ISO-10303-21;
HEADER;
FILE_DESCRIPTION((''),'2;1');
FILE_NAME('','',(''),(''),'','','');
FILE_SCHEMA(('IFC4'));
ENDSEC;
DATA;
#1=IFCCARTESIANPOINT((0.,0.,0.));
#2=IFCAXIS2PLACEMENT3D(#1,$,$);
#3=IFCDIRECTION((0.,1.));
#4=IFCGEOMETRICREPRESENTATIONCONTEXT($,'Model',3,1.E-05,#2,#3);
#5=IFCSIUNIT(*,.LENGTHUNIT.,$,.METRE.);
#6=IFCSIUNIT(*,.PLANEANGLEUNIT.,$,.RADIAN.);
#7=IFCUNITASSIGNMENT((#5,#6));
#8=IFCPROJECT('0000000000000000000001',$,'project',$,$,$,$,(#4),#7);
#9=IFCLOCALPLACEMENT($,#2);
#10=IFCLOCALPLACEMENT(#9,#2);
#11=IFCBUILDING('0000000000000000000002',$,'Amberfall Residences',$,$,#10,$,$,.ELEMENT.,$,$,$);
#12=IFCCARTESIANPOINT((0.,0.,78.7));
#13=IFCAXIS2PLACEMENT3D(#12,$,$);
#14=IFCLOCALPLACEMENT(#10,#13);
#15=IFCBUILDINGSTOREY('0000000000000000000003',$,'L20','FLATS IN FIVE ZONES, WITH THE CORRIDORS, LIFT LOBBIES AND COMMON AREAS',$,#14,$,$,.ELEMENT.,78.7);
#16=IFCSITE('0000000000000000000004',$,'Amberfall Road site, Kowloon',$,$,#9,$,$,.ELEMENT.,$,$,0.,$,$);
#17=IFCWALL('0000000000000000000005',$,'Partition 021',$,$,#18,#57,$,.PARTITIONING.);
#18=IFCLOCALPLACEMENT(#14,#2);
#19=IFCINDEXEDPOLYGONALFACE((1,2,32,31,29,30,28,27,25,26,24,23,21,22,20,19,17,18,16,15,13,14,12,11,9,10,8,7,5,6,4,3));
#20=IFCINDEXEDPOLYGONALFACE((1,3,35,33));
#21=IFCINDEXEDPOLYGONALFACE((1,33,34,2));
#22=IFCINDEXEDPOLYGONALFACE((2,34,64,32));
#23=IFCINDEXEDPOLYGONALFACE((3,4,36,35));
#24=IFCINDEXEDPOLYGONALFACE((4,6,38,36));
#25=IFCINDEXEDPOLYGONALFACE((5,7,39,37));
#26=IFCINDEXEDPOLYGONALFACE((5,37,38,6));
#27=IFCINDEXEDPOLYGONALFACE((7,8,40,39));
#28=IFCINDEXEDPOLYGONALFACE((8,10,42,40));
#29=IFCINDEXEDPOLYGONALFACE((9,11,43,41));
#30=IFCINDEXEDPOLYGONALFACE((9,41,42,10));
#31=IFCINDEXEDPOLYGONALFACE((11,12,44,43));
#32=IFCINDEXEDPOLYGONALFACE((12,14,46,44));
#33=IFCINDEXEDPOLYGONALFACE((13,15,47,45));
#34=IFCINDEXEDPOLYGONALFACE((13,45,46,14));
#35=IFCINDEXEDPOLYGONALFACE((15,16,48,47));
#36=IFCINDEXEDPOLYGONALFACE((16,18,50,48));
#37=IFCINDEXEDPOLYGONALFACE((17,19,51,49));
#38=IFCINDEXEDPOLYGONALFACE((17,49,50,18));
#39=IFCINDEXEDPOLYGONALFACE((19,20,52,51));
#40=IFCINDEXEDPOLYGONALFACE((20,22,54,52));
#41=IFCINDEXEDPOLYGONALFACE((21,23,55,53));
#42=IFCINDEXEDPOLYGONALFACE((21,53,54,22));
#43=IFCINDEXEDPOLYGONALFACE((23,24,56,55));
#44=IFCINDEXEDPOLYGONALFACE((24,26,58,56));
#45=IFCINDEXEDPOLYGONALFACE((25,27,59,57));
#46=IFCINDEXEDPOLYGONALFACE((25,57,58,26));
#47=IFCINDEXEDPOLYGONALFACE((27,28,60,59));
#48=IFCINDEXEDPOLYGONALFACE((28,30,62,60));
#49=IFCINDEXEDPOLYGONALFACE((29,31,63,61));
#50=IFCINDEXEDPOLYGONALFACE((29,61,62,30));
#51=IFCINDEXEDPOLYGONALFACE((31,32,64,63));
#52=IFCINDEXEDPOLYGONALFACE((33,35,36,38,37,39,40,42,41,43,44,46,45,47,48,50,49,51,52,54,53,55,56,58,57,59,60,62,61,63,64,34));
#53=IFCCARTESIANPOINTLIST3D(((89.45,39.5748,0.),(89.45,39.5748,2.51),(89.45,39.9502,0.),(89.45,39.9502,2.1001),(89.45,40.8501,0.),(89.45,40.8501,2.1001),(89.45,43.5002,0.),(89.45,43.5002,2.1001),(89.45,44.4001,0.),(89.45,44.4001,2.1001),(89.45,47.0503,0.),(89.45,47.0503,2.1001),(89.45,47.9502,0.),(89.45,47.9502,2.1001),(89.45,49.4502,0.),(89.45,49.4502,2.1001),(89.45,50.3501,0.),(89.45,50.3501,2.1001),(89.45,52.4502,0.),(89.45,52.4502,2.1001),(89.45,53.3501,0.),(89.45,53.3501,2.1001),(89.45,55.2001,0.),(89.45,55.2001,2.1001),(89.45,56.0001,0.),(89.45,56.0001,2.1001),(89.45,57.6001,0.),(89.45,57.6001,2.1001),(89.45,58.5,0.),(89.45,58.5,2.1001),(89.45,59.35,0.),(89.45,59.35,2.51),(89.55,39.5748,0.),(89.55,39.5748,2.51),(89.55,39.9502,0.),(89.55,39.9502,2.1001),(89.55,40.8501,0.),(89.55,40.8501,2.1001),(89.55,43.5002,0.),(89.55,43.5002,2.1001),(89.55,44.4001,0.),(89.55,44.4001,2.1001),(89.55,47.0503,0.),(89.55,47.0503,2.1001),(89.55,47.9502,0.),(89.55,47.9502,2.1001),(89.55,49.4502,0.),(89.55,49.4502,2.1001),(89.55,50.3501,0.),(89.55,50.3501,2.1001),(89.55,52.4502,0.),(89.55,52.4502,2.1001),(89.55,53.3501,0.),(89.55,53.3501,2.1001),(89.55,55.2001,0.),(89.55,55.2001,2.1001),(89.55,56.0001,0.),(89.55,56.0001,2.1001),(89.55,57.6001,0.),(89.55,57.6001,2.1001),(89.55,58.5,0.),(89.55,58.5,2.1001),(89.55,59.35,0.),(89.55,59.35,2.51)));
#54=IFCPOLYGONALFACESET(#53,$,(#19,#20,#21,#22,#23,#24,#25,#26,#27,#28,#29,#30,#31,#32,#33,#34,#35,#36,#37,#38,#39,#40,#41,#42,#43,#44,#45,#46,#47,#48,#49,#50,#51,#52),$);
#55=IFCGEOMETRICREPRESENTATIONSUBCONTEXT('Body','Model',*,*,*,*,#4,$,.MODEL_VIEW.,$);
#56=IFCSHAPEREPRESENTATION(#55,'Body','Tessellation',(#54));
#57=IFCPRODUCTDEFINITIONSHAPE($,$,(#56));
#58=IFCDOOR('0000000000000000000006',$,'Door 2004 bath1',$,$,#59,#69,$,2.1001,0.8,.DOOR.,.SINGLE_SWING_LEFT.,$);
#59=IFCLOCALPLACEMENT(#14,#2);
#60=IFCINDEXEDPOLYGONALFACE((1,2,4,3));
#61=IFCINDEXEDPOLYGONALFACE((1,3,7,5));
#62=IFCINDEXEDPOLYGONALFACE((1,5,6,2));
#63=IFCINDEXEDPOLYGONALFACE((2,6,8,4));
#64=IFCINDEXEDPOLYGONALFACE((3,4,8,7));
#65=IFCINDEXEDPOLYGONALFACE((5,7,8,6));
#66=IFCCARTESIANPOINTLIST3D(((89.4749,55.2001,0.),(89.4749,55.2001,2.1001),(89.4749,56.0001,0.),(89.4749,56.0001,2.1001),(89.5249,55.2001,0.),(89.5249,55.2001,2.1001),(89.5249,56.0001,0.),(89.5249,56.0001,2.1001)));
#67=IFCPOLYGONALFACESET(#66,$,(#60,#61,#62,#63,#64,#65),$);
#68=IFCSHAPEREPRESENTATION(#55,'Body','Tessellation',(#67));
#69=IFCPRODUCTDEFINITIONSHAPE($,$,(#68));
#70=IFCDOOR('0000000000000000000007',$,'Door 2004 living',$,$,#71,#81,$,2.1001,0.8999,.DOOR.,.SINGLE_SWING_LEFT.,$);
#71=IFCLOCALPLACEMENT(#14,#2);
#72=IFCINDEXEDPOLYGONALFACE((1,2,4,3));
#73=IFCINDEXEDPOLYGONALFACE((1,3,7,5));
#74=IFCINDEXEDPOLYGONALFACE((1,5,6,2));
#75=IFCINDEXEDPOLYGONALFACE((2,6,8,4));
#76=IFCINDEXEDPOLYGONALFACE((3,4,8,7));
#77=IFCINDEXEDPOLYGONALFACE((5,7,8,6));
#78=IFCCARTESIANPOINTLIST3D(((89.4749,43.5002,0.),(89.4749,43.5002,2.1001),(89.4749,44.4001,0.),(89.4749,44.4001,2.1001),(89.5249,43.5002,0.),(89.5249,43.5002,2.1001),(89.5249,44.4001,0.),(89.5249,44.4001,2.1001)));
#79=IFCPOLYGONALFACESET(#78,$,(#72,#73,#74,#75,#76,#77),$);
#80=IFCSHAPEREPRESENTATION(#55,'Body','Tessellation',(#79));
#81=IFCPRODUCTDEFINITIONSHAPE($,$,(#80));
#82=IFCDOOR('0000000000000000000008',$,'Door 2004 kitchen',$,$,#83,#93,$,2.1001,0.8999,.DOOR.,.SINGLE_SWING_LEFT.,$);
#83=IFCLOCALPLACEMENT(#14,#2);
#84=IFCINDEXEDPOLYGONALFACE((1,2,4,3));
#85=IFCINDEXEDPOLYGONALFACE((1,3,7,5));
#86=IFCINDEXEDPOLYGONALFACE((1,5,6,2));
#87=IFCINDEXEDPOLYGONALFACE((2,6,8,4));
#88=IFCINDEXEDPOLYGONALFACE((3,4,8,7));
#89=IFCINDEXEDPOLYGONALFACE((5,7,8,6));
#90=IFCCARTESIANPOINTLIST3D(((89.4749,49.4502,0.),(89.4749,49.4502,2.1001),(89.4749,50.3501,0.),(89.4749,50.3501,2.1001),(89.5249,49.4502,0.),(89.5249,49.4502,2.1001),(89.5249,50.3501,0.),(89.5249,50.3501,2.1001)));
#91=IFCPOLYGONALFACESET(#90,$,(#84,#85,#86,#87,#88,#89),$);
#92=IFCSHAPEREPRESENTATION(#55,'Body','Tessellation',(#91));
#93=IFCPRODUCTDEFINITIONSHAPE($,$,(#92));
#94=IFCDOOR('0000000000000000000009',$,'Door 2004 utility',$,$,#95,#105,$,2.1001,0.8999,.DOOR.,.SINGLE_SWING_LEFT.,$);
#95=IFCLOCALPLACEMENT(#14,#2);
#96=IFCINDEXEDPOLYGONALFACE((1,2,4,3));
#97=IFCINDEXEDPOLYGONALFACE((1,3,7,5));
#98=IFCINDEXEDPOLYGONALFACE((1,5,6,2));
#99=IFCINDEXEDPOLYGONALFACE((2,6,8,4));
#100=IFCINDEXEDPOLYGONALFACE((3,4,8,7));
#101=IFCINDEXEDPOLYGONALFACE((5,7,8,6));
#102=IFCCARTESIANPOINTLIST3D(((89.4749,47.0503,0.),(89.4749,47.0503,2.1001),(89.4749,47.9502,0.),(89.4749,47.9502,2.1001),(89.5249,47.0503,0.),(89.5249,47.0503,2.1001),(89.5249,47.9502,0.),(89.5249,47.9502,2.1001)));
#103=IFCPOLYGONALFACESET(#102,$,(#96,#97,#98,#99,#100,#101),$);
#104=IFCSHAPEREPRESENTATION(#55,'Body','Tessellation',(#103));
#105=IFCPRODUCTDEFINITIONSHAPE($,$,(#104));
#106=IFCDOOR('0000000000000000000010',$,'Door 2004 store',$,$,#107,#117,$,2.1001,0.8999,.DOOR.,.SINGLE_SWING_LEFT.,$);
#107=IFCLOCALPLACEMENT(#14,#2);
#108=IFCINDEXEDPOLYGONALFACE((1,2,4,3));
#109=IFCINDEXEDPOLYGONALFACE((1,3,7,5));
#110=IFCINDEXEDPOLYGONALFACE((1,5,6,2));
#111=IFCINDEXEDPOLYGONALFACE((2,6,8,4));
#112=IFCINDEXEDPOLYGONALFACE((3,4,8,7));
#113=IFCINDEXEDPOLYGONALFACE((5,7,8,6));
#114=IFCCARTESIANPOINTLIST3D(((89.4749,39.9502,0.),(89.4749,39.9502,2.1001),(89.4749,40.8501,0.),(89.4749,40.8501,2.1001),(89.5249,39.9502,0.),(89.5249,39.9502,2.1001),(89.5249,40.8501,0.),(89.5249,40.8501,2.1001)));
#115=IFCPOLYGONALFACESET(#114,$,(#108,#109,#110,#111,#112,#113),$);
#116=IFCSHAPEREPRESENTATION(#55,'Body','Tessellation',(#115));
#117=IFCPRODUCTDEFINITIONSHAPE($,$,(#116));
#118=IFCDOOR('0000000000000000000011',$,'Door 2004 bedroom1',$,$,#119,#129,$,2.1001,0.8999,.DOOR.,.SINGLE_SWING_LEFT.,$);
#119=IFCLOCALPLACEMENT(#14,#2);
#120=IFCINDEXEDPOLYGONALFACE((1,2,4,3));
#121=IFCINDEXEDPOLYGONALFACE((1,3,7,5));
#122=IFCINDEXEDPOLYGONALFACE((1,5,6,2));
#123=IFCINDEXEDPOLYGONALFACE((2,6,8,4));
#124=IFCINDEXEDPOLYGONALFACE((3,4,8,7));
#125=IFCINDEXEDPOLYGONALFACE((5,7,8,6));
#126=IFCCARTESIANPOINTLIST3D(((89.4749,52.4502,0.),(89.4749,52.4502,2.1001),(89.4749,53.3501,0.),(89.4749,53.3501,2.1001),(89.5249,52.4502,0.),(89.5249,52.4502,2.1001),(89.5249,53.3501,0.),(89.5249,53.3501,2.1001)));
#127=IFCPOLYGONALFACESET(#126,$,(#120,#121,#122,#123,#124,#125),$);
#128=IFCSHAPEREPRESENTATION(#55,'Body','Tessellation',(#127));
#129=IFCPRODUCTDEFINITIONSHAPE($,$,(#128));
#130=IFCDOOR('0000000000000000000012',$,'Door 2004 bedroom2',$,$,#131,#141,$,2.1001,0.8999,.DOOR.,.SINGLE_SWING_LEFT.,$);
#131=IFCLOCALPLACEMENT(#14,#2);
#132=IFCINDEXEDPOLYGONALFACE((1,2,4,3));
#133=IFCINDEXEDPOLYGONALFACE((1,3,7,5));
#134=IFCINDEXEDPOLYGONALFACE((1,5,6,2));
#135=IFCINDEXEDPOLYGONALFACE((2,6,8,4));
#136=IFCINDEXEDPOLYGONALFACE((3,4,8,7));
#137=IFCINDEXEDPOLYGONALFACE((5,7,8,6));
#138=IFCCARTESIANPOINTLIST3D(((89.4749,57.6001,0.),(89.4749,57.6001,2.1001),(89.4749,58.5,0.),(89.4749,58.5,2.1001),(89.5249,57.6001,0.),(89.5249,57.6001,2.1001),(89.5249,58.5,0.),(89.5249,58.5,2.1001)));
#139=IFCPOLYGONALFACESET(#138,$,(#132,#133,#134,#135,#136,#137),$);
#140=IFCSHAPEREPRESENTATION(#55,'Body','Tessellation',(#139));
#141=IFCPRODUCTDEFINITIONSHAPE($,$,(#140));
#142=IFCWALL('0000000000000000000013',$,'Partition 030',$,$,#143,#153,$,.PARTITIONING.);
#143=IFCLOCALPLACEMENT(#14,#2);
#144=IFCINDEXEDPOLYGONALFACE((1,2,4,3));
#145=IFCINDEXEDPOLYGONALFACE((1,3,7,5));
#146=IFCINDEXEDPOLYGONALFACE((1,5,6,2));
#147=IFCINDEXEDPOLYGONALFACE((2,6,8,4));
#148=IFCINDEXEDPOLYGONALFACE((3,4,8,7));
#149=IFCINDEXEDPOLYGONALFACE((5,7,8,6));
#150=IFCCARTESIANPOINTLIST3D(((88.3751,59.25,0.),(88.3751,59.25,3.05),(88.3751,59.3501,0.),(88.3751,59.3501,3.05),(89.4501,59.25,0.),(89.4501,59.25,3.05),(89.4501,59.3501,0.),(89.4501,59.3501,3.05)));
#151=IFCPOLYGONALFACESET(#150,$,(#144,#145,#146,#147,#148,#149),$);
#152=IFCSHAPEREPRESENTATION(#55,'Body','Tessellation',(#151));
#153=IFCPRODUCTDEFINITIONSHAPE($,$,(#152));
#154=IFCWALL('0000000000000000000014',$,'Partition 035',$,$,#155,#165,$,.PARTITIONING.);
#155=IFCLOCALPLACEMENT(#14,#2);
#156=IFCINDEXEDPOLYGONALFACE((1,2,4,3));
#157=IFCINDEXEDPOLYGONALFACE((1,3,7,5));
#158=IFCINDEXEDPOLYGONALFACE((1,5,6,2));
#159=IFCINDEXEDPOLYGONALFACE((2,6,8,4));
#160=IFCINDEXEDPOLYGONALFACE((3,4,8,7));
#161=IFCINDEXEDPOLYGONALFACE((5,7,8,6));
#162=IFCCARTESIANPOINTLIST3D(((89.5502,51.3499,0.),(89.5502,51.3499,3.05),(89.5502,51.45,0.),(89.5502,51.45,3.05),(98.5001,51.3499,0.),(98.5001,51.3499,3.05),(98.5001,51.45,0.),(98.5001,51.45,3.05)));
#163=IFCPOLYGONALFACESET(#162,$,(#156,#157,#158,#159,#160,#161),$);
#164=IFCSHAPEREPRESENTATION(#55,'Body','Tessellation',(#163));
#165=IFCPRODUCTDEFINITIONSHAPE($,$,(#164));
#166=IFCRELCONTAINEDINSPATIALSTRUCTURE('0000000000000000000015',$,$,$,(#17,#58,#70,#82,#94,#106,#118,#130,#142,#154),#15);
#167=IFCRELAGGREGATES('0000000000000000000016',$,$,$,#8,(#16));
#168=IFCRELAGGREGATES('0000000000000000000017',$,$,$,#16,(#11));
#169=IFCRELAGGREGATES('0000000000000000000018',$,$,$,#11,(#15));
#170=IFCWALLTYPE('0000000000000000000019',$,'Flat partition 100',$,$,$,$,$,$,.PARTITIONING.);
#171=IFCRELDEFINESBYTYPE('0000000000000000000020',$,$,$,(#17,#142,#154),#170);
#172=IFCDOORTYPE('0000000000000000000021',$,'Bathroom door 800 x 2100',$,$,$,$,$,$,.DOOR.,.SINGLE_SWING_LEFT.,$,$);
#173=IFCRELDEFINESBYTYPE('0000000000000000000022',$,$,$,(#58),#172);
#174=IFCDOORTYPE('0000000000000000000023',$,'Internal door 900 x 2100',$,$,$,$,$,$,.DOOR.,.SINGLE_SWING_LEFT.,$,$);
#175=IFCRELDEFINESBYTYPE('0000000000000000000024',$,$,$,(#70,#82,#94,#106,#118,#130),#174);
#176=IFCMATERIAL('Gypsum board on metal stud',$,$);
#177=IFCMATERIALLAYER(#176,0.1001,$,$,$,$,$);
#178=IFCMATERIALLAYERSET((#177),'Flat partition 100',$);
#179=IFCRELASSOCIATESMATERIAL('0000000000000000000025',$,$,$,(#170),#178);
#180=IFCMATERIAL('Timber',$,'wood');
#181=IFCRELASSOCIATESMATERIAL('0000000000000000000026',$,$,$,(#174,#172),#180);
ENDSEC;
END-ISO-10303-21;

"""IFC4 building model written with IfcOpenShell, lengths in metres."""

from ifc_helpers import new_model, si_unit, direction, frame, frame_2d, origin, place, context, subcontext, project, spatial, rectangle, extrude, material, layer, layer_set, type_object, element, fill, save


model = new_model("IFC4")

# Units and contexts
model_context = context("Model", 3, precision=1e-05, world=origin(), true_north=direction((0.0, 1.0)))
body_context = subcontext(model_context, "Body", "Model", "MODEL_VIEW")
ifc_project = project(units=[si_unit("LENGTHUNIT", "METRE"), si_unit("PLANEANGLEUNIT", "RADIAN")], contexts=[model_context])

# Site, building, storey
site_placement = place(None, origin())
site = spatial("IfcSite", under=ifc_project, at=site_placement, Name="Amberfall Road site, Kowloon", CompositionType="ELEMENT", RefElevation=0.0)
building_placement = place(site_placement, origin())
building = spatial("IfcBuilding", under=site, at=building_placement, Name="Amberfall Residences", CompositionType="ELEMENT")
storey_placement = place(building_placement, frame((0.0, 0.0, 78.7)))
storey = spatial("IfcBuildingStorey", under=building, at=storey_placement, Name="L20", Description="FLATS IN FIVE ZONES, WITH THE CORRIDORS, LIFT LOBBIES AND COMMON AREAS", CompositionType="ELEMENT", Elevation=78.7)

# Shared definitions
ifc_material_1 = material(Name="Gypsum board on metal stud")
ifc_layer_1 = layer(ifc_material_1, 0.1001)
ifc_layer_set_1 = layer_set([ifc_layer_1], Name="Flat partition 100")
wall_type_1 = type_object("IfcWallType", Name="Flat partition 100", PredefinedType="PARTITIONING", material=ifc_layer_set_1)

# Wall, openings, doors
ifc_material_2 = material(Name="Timber", Category="wood")
door_type_1 = type_object("IfcDoorType", Name="Internal door 900 x 2100", OperationType="SINGLE_SWING_LEFT", PredefinedType="DOOR", material=ifc_material_2)
wall_1_placement = place(storey_placement, frame((89.5, 59.3501, 0.0), z_axis=(0.0, 0.0, 1.0), x_axis=(0.0, -1.0, 0.0)))
wall_1 = element("IfcWall", 1, at=wall_1_placement, inside=storey, type_object=wall_type_1, Name="Partition 021", PredefinedType="PARTITIONING", context=body_context, shape_type="SweptSolid", body=[
    extrude(rectangle(XDim=19.7751, YDim=0.1001, at=frame_2d((9.8877, 0.0))), origin(), (0.0, 0.0, 1.0), 2.51),
])
opening_1_placement = place(wall_1_placement, frame((14.95, 0.0, 0.0)))
opening_1 = element("IfcOpeningElement", 2, at=opening_1_placement, cuts=wall_1, PredefinedType="OPENING", context=body_context, shape_type="SweptSolid", body=[
    extrude(rectangle(XDim=0.8999, YDim=2.1001, at=frame_2d((0.45, 1.05))), frame((0.0, 0.0601, 0.0), z_axis=(0.0, -1.0, 0.0), x_axis=(1.0, 0.0, 0.0)), (0.0, 0.0, 1.0), 0.1201),
])
opening_2_placement = place(wall_1_placement, frame((9.0, 0.0, 0.0)))
opening_2 = element("IfcOpeningElement", 3, at=opening_2_placement, cuts=wall_1, PredefinedType="OPENING", context=body_context, shape_type="SweptSolid", body=[
    extrude(rectangle(XDim=0.8999, YDim=2.1001, at=frame_2d((0.45, 1.05))), frame((0.0, 0.0601, 0.0), z_axis=(0.0, -1.0, 0.0), x_axis=(1.0, 0.0, 0.0)), (0.0, 0.0, 1.0), 0.1201),
])
opening_3_placement = place(wall_1_placement, frame((11.3999, 0.0, 0.0)))
opening_3 = element("IfcOpeningElement", 4, at=opening_3_placement, cuts=wall_1, PredefinedType="OPENING", context=body_context, shape_type="SweptSolid", body=[
    extrude(rectangle(XDim=0.8999, YDim=2.1001, at=frame_2d((0.45, 1.05))), frame((0.0, 0.0601, 0.0), z_axis=(0.0, -1.0, 0.0), x_axis=(1.0, 0.0, 0.0)), (0.0, 0.0, 1.0), 0.1201),
])
opening_4_placement = place(wall_1_placement, frame((18.5, 0.0, 0.0)))
opening_4 = element("IfcOpeningElement", 5, at=opening_4_placement, cuts=wall_1, PredefinedType="OPENING", context=body_context, shape_type="SweptSolid", body=[
    extrude(rectangle(XDim=0.8999, YDim=2.1001, at=frame_2d((0.45, 1.05))), frame((0.0, 0.0601, 0.0), z_axis=(0.0, -1.0, 0.0), x_axis=(1.0, 0.0, 0.0)), (0.0, 0.0, 1.0), 0.1201),
])
opening_5_placement = place(wall_1_placement, frame((6.0, 0.0, 0.0)))
opening_5 = element("IfcOpeningElement", 6, at=opening_5_placement, cuts=wall_1, PredefinedType="OPENING", context=body_context, shape_type="SweptSolid", body=[
    extrude(rectangle(XDim=0.8999, YDim=2.1001, at=frame_2d((0.45, 1.05))), frame((0.0, 0.0601, 0.0), z_axis=(0.0, -1.0, 0.0), x_axis=(1.0, 0.0, 0.0)), (0.0, 0.0, 1.0), 0.1201),
])
opening_6_placement = place(wall_1_placement, frame((0.8501, 0.0, 0.0)))
opening_6 = element("IfcOpeningElement", 7, at=opening_6_placement, cuts=wall_1, PredefinedType="OPENING", context=body_context, shape_type="SweptSolid", body=[
    extrude(rectangle(XDim=0.8999, YDim=2.1001, at=frame_2d((0.45, 1.05))), frame((0.0, 0.0601, 0.0), z_axis=(0.0, -1.0, 0.0), x_axis=(1.0, 0.0, 0.0)), (0.0, 0.0, 1.0), 0.1201),
])
opening_7_placement = place(wall_1_placement, frame((3.3501, 0.0, 0.0)))
opening_7 = element("IfcOpeningElement", 8, at=opening_7_placement, cuts=wall_1, PredefinedType="OPENING", context=body_context, shape_type="SweptSolid", body=[
    extrude(rectangle(XDim=0.8, YDim=2.1001, at=frame_2d((0.3999, 1.05))), frame((0.0, 0.0601, 0.0), z_axis=(0.0, -1.0, 0.0), x_axis=(1.0, 0.0, 0.0)), (0.0, 0.0, 1.0), 0.1201),
])
door_type_2 = type_object("IfcDoorType", Name="Bathroom door 800 x 2100", OperationType="SINGLE_SWING_LEFT", PredefinedType="DOOR", material=ifc_material_2)
door_1_placement = place(opening_7_placement, origin())
door_1 = element("IfcDoor", 9, at=door_1_placement, inside=storey, type_object=door_type_2, Name="Door 2004 bath1", OperationType="SINGLE_SWING_LEFT", OverallHeight=2.1001, OverallWidth=0.8, PredefinedType="DOOR", context=body_context, shape_type="SweptSolid", body=[
    extrude(rectangle(XDim=0.8, YDim=2.1001, at=frame_2d((0.3999, 1.05))), frame((0.0, 0.0249, 0.0), z_axis=(0.0, -1.0, 0.0), x_axis=(1.0, 0.0, 0.0)), (0.0, 0.0, 1.0), 0.05),
])
fill(opening_7, door_1)
door_2_placement = place(opening_1_placement, origin())
door_2 = element("IfcDoor", 10, at=door_2_placement, inside=storey, type_object=door_type_1, Name="Door 2004 living", OperationType="SINGLE_SWING_LEFT", OverallHeight=2.1001, OverallWidth=0.8999, PredefinedType="DOOR", context=body_context, shape_type="SweptSolid", body=[
    extrude(rectangle(XDim=0.8999, YDim=2.1001, at=frame_2d((0.45, 1.05))), frame((0.0, 0.0249, 0.0), z_axis=(0.0, -1.0, 0.0), x_axis=(1.0, 0.0, 0.0)), (0.0, 0.0, 1.0), 0.05),
])
fill(opening_1, door_2)
door_3_placement = place(opening_2_placement, origin())
door_3 = element("IfcDoor", 11, at=door_3_placement, inside=storey, type_object=door_type_1, Name="Door 2004 kitchen", OperationType="SINGLE_SWING_LEFT", OverallHeight=2.1001, OverallWidth=0.8999, PredefinedType="DOOR", context=body_context, shape_type="SweptSolid", body=[
    extrude(rectangle(XDim=0.8999, YDim=2.1001, at=frame_2d((0.45, 1.05))), frame((0.0, 0.0249, 0.0), z_axis=(0.0, -1.0, 0.0), x_axis=(1.0, 0.0, 0.0)), (0.0, 0.0, 1.0), 0.05),
])
fill(opening_2, door_3)
door_4_placement = place(opening_3_placement, origin())
door_4 = element("IfcDoor", 12, at=door_4_placement, inside=storey, type_object=door_type_1, Name="Door 2004 utility", OperationType="SINGLE_SWING_LEFT", OverallHeight=2.1001, OverallWidth=0.8999, PredefinedType="DOOR", context=body_context, shape_type="SweptSolid", body=[
    extrude(rectangle(XDim=0.8999, YDim=2.1001, at=frame_2d((0.45, 1.05))), frame((0.0, 0.0249, 0.0), z_axis=(0.0, -1.0, 0.0), x_axis=(1.0, 0.0, 0.0)), (0.0, 0.0, 1.0), 0.05),
])
fill(opening_3, door_4)
door_5_placement = place(opening_4_placement, origin())
door_5 = element("IfcDoor", 13, at=door_5_placement, inside=storey, type_object=door_type_1, Name="Door 2004 store", OperationType="SINGLE_SWING_LEFT", OverallHeight=2.1001, OverallWidth=0.8999, PredefinedType="DOOR", context=body_context, shape_type="SweptSolid", body=[
    extrude(rectangle(XDim=0.8999, YDim=2.1001, at=frame_2d((0.45, 1.05))), frame((0.0, 0.0249, 0.0), z_axis=(0.0, -1.0, 0.0), x_axis=(1.0, 0.0, 0.0)), (0.0, 0.0, 1.0), 0.05),
])
fill(opening_4, door_5)
door_6_placement = place(opening_5_placement, origin())
door_6 = element("IfcDoor", 14, at=door_6_placement, inside=storey, type_object=door_type_1, Name="Door 2004 bedroom1", OperationType="SINGLE_SWING_LEFT", OverallHeight=2.1001, OverallWidth=0.8999, PredefinedType="DOOR", context=body_context, shape_type="SweptSolid", body=[
    extrude(rectangle(XDim=0.8999, YDim=2.1001, at=frame_2d((0.45, 1.05))), frame((0.0, 0.0249, 0.0), z_axis=(0.0, -1.0, 0.0), x_axis=(1.0, 0.0, 0.0)), (0.0, 0.0, 1.0), 0.05),
])
fill(opening_5, door_6)
door_7_placement = place(opening_6_placement, origin())
door_7 = element("IfcDoor", 15, at=door_7_placement, inside=storey, type_object=door_type_1, Name="Door 2004 bedroom2", OperationType="SINGLE_SWING_LEFT", OverallHeight=2.1001, OverallWidth=0.8999, PredefinedType="DOOR", context=body_context, shape_type="SweptSolid", body=[
    extrude(rectangle(XDim=0.8999, YDim=2.1001, at=frame_2d((0.45, 1.05))), frame((0.0, 0.0249, 0.0), z_axis=(0.0, -1.0, 0.0), x_axis=(1.0, 0.0, 0.0)), (0.0, 0.0, 1.0), 0.05),
])
fill(opening_6, door_7)

# Walls
wall_2_placement = place(storey_placement, frame((88.375, 59.3, 0.0), z_axis=(0.0, 0.0, 1.0), x_axis=(1.0, 0.0, 0.0)))
element("IfcWall", 16, at=wall_2_placement, inside=storey, type_object=wall_type_1, Name="Partition 030", PredefinedType="PARTITIONING", context=body_context, shape_type="SweptSolid", body=[
    extrude(rectangle(XDim=1.075, YDim=0.1001, at=frame_2d((0.5376, 0.0))), origin(), (0.0, 0.0, 1.0), 3.05),
])
wall_3_placement = place(storey_placement, frame((89.55, 51.3999, 0.0), z_axis=(0.0, 0.0, 1.0), x_axis=(1.0, 0.0, 0.0)))
element("IfcWall", 17, at=wall_3_placement, inside=storey, type_object=wall_type_1, Name="Partition 035", PredefinedType="PARTITIONING", context=body_context, shape_type="SweptSolid", body=[
    extrude(rectangle(XDim=8.95, YDim=0.1001, at=frame_2d((4.4751, 0.0))), origin(), (0.0, 0.0, 1.0), 3.05),
])

save(model, "model.ifc")
